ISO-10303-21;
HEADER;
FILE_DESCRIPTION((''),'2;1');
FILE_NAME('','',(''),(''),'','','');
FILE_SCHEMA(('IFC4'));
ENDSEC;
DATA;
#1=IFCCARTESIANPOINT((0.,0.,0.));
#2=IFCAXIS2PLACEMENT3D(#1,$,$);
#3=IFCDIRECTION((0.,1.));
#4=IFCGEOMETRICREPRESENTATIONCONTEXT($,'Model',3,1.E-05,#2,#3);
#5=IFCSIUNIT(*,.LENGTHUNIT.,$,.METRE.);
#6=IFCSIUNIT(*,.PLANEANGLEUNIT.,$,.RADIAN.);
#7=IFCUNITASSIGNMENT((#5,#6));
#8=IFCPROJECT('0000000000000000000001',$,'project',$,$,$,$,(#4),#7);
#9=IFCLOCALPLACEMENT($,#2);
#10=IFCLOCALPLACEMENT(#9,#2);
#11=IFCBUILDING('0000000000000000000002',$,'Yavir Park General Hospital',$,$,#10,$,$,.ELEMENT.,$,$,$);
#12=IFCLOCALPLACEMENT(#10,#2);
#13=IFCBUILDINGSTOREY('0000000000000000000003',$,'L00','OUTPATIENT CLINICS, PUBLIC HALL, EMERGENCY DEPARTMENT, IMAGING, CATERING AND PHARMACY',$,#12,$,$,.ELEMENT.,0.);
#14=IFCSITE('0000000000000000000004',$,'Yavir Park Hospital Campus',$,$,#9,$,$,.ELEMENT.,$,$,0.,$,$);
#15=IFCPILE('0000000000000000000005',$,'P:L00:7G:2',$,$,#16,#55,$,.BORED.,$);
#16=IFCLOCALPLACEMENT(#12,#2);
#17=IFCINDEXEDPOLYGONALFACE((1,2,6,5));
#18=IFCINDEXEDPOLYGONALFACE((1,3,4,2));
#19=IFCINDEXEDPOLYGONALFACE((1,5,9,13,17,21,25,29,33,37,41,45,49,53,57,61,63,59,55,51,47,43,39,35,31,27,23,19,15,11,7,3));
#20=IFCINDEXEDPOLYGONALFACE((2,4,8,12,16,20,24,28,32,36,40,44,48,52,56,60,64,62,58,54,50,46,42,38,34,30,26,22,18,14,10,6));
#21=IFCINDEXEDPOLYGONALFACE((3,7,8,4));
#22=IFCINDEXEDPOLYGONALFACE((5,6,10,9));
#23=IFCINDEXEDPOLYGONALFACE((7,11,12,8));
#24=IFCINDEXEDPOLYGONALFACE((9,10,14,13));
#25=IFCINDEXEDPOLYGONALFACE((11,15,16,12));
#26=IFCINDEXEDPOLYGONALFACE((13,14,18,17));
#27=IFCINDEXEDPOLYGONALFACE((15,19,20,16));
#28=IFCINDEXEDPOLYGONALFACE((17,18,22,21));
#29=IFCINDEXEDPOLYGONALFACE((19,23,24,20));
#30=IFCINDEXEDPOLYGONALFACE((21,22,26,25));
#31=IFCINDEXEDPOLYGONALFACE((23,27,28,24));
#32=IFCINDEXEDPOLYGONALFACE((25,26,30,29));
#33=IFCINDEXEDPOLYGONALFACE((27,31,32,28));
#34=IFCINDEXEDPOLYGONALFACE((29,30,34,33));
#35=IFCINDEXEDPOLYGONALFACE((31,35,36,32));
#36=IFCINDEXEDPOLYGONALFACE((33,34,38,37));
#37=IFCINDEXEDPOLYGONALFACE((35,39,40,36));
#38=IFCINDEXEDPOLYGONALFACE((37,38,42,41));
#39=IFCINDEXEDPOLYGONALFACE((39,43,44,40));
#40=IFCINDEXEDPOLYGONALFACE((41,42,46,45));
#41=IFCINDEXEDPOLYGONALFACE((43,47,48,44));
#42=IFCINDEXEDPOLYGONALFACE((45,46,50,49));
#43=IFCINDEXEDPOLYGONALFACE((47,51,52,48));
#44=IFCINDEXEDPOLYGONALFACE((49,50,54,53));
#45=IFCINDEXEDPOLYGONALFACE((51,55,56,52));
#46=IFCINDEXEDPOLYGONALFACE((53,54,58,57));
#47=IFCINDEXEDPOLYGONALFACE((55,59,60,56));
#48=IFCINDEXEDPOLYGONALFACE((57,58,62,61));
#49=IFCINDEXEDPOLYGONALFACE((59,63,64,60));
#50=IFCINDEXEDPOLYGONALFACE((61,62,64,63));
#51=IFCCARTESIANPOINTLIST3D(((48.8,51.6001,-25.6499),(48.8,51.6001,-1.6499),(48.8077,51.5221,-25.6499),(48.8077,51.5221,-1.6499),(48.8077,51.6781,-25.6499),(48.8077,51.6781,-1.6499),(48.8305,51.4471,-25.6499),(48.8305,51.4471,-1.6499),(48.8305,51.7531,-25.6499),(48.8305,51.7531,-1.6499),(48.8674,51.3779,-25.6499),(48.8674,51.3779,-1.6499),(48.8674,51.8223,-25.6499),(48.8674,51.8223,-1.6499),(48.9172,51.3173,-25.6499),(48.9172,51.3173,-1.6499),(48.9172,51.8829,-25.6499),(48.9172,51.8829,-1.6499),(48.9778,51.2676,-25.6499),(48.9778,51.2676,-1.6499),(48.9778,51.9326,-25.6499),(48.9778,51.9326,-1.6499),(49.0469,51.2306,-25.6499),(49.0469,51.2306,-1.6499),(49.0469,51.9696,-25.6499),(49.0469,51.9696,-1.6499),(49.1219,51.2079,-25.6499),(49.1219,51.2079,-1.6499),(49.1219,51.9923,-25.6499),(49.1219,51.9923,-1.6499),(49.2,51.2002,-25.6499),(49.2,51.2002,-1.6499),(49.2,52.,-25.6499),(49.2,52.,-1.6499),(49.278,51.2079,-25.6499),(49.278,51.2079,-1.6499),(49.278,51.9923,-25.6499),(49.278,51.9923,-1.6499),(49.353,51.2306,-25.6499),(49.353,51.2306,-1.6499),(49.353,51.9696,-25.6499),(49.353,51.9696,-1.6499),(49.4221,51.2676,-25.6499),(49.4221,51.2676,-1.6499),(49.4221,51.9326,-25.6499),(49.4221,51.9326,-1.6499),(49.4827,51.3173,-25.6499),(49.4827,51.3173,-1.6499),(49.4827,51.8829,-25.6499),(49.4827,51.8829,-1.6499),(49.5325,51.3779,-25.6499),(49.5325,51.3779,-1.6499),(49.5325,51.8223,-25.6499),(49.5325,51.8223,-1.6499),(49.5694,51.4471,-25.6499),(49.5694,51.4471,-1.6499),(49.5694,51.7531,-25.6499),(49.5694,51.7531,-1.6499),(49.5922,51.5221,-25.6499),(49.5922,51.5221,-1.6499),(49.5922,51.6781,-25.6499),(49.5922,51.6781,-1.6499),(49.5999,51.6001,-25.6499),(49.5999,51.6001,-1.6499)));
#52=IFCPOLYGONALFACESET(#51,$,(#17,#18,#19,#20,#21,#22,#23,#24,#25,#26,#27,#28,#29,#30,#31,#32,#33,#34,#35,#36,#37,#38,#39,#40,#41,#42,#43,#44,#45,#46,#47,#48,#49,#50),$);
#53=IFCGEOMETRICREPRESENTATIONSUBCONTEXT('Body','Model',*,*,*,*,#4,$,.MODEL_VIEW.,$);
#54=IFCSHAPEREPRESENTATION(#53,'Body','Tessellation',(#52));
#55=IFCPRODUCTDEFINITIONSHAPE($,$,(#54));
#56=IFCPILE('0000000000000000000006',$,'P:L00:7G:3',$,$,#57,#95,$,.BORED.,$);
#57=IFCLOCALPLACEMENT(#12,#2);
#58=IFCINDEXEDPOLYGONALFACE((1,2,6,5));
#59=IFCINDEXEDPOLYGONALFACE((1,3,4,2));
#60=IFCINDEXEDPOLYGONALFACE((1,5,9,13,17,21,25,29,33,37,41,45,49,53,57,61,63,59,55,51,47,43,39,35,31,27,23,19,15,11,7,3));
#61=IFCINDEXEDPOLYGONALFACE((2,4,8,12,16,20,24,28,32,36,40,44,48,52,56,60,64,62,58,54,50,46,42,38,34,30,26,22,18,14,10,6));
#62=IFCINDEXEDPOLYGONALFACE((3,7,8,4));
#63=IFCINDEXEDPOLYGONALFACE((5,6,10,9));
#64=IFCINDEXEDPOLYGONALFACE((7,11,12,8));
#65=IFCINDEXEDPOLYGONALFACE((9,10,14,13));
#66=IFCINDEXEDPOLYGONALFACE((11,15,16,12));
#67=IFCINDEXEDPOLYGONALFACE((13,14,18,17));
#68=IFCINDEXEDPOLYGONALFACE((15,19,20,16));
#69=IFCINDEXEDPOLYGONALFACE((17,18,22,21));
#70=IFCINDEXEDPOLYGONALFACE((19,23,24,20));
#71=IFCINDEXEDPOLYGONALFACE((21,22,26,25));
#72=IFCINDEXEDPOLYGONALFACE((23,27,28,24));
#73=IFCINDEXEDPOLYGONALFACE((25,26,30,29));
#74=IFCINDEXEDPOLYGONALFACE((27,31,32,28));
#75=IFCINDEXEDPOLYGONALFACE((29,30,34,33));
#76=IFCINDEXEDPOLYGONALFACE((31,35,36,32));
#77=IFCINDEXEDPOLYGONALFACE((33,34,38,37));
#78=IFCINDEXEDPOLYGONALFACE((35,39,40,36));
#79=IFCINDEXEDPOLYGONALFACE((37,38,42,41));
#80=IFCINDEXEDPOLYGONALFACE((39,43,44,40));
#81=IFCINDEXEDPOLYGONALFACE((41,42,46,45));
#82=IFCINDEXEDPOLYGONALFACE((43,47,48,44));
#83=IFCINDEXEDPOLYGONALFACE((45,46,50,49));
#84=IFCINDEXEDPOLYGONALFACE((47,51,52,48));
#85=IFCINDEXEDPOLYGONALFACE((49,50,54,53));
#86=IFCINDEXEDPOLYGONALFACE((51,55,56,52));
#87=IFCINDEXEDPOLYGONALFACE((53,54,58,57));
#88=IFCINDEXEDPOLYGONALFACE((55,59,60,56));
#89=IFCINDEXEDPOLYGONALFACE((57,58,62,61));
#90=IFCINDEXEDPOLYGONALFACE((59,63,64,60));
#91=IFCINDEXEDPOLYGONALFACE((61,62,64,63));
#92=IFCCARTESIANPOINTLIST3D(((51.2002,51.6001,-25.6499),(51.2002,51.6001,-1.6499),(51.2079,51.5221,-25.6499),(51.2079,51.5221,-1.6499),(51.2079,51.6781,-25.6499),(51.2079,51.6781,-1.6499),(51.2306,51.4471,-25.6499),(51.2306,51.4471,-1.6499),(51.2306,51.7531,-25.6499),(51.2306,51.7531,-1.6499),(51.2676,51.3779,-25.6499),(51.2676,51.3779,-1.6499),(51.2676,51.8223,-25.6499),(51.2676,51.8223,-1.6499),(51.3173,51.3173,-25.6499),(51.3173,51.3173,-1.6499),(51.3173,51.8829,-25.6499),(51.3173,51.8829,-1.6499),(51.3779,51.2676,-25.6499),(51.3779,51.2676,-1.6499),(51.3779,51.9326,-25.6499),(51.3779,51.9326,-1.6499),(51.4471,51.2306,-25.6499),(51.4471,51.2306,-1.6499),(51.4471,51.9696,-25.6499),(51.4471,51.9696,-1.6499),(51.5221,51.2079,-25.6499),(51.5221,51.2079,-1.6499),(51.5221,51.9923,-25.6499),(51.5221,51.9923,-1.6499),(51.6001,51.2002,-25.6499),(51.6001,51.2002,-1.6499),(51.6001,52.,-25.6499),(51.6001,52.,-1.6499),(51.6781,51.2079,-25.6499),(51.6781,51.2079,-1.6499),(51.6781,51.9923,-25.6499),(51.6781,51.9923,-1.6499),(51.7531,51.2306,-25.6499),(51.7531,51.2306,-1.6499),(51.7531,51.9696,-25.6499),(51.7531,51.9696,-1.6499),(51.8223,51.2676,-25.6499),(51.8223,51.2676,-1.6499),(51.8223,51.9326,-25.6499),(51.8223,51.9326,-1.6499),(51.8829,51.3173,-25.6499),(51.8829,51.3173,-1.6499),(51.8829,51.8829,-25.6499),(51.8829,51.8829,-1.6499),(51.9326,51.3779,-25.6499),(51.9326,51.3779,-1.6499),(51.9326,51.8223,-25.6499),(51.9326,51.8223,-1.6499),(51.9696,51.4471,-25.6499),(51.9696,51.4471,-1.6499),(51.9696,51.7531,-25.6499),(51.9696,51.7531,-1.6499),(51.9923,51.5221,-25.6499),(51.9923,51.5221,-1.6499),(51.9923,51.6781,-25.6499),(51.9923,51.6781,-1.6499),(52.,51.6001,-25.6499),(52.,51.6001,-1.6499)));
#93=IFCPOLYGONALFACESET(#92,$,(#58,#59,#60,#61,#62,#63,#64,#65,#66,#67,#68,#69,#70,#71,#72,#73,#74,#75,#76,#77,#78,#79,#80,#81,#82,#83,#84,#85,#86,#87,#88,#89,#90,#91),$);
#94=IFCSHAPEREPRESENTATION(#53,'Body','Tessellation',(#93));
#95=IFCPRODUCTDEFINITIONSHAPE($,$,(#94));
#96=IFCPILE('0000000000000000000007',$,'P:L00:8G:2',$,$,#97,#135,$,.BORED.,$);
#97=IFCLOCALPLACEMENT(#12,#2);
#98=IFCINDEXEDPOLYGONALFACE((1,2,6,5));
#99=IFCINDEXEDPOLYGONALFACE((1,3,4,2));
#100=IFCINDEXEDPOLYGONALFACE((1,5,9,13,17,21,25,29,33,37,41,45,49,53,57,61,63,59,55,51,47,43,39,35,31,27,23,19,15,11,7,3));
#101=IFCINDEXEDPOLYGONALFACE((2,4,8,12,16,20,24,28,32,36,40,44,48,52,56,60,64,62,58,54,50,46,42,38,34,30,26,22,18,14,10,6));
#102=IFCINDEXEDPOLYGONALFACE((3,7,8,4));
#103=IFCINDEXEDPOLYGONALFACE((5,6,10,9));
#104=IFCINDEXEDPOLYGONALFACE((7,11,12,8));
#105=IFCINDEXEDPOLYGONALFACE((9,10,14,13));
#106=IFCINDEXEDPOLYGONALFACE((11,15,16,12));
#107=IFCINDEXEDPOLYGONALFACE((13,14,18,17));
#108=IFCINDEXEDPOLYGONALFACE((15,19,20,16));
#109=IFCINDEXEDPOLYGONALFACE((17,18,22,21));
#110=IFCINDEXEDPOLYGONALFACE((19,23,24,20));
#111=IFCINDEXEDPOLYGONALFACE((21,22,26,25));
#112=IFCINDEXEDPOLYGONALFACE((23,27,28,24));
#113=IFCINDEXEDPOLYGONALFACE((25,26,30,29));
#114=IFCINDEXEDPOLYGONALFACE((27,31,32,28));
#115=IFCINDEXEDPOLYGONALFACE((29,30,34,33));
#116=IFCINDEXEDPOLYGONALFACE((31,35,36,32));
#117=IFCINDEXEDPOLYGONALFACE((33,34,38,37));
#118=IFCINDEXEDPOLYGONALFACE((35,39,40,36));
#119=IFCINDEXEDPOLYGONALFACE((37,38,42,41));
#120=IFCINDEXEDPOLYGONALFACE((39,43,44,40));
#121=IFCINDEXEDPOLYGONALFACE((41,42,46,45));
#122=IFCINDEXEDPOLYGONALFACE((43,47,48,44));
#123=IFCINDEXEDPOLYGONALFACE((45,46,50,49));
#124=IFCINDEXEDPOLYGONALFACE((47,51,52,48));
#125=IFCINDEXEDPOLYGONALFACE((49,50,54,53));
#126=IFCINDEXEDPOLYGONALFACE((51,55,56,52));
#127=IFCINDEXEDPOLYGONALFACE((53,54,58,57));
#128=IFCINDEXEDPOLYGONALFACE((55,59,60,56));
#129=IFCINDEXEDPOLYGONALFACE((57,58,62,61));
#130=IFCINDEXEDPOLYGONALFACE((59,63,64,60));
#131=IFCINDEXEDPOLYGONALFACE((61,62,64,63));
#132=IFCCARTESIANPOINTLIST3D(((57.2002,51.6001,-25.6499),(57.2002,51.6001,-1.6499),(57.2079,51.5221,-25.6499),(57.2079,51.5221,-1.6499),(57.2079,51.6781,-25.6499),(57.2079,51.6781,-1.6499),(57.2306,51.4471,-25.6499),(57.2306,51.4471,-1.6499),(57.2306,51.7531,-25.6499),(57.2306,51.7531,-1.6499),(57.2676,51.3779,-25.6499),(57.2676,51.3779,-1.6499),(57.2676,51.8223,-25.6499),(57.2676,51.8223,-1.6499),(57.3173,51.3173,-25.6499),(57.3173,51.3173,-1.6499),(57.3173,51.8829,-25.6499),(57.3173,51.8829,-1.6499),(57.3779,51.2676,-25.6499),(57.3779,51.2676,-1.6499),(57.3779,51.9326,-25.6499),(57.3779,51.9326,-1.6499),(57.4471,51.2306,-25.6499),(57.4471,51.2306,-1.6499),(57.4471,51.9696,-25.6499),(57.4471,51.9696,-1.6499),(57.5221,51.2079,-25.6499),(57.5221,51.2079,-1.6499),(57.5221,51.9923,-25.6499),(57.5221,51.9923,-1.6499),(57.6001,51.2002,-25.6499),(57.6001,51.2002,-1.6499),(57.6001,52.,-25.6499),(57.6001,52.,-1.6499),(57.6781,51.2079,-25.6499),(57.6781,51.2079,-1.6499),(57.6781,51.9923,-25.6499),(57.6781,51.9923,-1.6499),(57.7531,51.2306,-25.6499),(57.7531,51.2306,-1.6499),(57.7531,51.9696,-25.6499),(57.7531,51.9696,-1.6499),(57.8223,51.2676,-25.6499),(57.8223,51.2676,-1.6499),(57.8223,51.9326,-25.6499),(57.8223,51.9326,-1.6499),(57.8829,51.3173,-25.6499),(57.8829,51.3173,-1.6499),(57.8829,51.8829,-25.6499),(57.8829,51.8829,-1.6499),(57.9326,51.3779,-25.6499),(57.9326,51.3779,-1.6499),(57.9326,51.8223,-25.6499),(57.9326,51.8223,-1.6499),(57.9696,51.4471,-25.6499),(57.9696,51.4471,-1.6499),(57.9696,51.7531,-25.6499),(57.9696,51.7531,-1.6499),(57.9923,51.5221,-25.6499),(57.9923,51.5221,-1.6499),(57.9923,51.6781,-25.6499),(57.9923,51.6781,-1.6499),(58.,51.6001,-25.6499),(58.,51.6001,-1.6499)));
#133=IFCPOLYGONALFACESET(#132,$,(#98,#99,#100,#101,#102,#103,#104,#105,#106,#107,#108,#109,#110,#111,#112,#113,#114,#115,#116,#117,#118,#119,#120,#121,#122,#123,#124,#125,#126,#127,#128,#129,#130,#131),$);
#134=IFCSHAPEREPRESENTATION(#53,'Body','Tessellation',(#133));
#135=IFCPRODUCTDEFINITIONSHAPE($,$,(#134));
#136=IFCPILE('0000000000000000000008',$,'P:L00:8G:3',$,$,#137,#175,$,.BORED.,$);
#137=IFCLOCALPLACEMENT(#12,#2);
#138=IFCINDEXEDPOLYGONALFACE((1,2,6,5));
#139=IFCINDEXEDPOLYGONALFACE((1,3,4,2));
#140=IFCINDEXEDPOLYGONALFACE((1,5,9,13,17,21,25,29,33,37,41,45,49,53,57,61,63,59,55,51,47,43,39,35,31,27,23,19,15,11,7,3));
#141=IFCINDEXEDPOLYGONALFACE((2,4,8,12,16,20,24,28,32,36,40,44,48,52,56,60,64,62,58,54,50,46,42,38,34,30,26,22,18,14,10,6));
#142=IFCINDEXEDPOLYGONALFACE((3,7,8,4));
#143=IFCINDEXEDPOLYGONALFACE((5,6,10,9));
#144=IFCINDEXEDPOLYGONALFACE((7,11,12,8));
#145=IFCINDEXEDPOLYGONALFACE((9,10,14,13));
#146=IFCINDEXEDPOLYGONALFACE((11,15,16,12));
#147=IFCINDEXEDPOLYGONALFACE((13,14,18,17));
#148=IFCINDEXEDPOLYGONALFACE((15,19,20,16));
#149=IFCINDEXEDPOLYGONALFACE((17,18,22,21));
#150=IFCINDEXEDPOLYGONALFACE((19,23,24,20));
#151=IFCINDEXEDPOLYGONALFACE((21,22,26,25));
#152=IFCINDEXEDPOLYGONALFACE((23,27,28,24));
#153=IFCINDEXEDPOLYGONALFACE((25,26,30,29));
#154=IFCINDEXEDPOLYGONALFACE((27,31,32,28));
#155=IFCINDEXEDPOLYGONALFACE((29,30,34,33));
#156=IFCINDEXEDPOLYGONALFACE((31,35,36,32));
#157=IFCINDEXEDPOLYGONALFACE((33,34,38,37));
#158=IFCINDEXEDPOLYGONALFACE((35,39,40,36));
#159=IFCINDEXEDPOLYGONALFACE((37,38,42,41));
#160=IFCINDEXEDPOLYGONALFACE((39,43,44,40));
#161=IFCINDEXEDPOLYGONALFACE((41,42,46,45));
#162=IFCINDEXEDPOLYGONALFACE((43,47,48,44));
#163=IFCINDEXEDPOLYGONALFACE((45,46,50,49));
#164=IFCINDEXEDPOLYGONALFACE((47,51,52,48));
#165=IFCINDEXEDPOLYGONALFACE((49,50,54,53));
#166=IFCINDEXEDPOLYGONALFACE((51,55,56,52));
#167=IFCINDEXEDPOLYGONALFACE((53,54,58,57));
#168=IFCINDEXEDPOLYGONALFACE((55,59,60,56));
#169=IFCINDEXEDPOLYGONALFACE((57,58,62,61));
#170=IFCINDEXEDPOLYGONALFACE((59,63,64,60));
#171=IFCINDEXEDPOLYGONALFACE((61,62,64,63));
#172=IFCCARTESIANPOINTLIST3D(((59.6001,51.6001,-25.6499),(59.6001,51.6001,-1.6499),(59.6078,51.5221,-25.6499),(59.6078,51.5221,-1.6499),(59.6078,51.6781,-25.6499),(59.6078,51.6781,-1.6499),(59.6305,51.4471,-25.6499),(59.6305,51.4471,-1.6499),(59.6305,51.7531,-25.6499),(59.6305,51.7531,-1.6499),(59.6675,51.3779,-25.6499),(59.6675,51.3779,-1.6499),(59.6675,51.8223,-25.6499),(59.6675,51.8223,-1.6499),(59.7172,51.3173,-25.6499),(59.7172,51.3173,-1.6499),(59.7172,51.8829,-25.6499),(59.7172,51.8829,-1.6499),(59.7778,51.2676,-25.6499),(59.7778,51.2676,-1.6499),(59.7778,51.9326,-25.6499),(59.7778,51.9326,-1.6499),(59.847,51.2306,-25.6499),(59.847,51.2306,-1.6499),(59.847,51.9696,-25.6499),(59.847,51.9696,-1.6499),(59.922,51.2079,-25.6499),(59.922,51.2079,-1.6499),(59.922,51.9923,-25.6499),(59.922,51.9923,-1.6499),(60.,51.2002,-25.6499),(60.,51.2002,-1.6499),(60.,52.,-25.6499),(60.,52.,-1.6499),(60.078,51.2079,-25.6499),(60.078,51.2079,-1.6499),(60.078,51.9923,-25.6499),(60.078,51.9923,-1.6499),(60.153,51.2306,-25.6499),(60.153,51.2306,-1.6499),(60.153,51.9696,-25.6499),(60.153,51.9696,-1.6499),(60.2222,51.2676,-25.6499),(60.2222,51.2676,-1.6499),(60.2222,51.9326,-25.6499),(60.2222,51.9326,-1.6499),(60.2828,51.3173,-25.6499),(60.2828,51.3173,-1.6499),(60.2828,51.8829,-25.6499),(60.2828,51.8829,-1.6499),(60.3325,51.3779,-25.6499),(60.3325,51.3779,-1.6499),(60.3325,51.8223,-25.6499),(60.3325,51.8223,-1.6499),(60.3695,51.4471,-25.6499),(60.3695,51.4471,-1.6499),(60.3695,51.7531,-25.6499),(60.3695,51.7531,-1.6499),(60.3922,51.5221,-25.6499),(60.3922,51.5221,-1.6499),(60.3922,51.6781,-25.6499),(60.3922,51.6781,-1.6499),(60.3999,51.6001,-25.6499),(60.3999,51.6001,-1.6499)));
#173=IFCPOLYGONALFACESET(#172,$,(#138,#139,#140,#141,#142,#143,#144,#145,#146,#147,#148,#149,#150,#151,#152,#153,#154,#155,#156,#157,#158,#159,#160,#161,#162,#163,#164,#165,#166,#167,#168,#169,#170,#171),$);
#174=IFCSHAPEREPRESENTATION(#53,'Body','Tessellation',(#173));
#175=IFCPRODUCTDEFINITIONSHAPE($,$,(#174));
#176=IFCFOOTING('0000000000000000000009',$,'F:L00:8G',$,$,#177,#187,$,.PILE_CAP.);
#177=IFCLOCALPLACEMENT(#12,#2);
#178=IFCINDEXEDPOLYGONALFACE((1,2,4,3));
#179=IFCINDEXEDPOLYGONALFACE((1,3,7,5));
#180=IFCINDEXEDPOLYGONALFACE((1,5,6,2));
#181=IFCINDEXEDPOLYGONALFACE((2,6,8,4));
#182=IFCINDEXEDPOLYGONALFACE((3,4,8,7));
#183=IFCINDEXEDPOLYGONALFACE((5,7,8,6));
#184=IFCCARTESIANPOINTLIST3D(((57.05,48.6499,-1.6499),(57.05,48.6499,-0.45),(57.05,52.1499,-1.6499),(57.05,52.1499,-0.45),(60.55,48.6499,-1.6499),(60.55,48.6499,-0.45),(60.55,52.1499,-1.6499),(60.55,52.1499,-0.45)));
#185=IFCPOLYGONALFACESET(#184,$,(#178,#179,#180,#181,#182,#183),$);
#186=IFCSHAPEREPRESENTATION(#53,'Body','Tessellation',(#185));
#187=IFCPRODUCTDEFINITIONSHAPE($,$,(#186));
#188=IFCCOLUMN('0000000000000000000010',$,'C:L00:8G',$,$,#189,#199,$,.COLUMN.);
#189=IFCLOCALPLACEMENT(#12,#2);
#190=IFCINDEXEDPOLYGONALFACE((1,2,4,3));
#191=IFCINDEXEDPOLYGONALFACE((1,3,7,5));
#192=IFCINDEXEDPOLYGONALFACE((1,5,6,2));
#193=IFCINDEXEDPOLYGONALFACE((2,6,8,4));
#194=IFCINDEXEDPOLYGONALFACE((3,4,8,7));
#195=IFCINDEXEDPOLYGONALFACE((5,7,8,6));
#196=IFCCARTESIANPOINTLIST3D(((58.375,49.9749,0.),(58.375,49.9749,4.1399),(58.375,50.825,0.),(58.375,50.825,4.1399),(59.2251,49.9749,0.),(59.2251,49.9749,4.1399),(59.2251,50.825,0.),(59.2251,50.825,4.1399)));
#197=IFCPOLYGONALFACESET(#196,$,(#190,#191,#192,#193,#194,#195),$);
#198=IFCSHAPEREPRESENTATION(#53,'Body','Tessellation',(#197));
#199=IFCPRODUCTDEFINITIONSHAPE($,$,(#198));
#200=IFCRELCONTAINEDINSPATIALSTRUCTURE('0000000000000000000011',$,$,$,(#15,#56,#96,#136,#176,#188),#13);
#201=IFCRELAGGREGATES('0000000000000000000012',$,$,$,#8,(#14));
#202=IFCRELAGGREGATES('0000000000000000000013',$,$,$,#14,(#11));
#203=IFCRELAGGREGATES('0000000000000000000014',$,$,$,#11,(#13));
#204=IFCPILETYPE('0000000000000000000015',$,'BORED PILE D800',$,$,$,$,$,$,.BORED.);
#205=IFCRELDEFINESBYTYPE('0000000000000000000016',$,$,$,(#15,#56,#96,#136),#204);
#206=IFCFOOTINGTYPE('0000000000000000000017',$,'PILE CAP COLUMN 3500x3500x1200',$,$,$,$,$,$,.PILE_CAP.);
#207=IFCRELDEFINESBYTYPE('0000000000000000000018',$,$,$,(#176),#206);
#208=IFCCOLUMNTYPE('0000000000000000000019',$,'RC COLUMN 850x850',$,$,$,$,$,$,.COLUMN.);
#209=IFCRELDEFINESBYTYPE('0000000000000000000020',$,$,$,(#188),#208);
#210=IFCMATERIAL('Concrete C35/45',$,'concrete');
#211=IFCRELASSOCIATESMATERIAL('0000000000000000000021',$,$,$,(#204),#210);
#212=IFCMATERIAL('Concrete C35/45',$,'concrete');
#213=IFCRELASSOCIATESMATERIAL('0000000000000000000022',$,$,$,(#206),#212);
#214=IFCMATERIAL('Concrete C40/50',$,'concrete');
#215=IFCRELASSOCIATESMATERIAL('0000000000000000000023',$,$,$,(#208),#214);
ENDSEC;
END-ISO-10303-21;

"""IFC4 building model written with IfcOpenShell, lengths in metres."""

from ifc_helpers import new_model, si_unit, direction, frame, origin, origin_2d, place, context, subcontext, project, spatial, rectangle, circle, extrude, material, material_profile, profile_set, type_object, element, save


model = new_model("IFC4")

# Units and contexts
model_context = context("Model", 3, precision=1e-05, world=origin(), true_north=direction((0.0, 1.0)))
body_context = subcontext(model_context, "Body", "Model", "MODEL_VIEW")
ifc_project = project(units=[si_unit("LENGTHUNIT", "METRE"), si_unit("PLANEANGLEUNIT", "RADIAN")], contexts=[model_context])

# Site, building, storey
site_placement = place(None, origin())
site = spatial("IfcSite", under=ifc_project, at=site_placement, Name="Yavir Park Hospital Campus", CompositionType="ELEMENT", RefElevation=0.0)
building_placement = place(site_placement, origin())
building = spatial("IfcBuilding", under=site, at=building_placement, Name="Yavir Park General Hospital", CompositionType="ELEMENT")
storey_placement = place(building_placement, origin())
storey = spatial("IfcBuildingStorey", under=building, at=storey_placement, Name="L00", Description="OUTPATIENT CLINICS, PUBLIC HALL, EMERGENCY DEPARTMENT, IMAGING, CATERING AND PHARMACY", CompositionType="ELEMENT", Elevation=0.0)

# Piles
ifc_material_1 = material(Name="Concrete C35/45", Category="concrete")
ifc_material_profile_1 = material_profile(ifc_material_1, circle(Radius=0.3999, at=origin_2d()), Name="D800")
ifc_profile_set_1 = profile_set([ifc_material_profile_1], Name="Concrete C35/45")
pile_type = type_object("IfcPileType", Name="BORED PILE D800", PredefinedType="BORED", material=ifc_profile_set_1)
for number, where, z_axis, x_axis, name in (
    (1, (49.2, 51.6001, -1.6499), (0.0, 0.0, -1.0), (1.0, 0.0, 0.0), "P:L00:7G:2"),
    (2, (51.6001, 51.6001, -1.6499), (0.0, 0.0, -1.0), (1.0, 0.0, 0.0), "P:L00:7G:3"),
    (3, (57.6001, 51.6001, -1.6499), (0.0, 0.0, -1.0), (1.0, 0.0, 0.0), "P:L00:8G:2"),
    (4, (60.0, 51.6001, -1.6499), (0.0, 0.0, -1.0), (1.0, 0.0, 0.0), "P:L00:8G:3"),
):
    element("IfcPile", number, at=place(storey_placement, frame(where, z_axis=z_axis, x_axis=x_axis)), inside=storey, type_object=pile_type, Name=name, PredefinedType="BORED", context=body_context, shape_type="SweptSolid", body=[
        extrude(circle(Radius=0.3999, at=origin_2d()), origin(), (0.0, 0.0, 1.0), 24.0),
    ])

# Footing
ifc_material_2 = material(Name="Concrete C35/45", Category="concrete")
footing_type = type_object("IfcFootingType", Name="PILE CAP COLUMN 3500x3500x1200", PredefinedType="PILE_CAP", material=ifc_material_2)
footing_placement = place(storey_placement, frame((58.8, 50.3999, -1.6499), z_axis=(0.0, 0.0, 1.0), x_axis=(1.0, 0.0, 0.0)))
element("IfcFooting", 5, at=footing_placement, inside=storey, type_object=footing_type, Name="F:L00:8G", PredefinedType="PILE_CAP", context=body_context, shape_type="SweptSolid", body=[
    extrude(rectangle(XDim=3.5, YDim=3.5, at=origin_2d()), origin(), (0.0, 0.0, 1.0), 1.2),
])

# Column
ifc_material_3 = material(Name="Concrete C40/50", Category="concrete")
ifc_material_profile_2 = material_profile(ifc_material_3, rectangle(XDim=0.8501, YDim=0.8501, at=origin_2d()), Name="RC850x850")
ifc_profile_set_2 = profile_set([ifc_material_profile_2], Name="Concrete C40/50")
column_type = type_object("IfcColumnType", Name="RC COLUMN 850x850", PredefinedType="COLUMN", material=ifc_profile_set_2)
column_placement = place(storey_placement, frame((58.8, 50.3999, 0.0), z_axis=(0.0, 0.0, 1.0), x_axis=(1.0, 0.0, 0.0)))
element("IfcColumn", 6, at=column_placement, inside=storey, type_object=column_type, Name="C:L00:8G", PredefinedType="COLUMN", context=body_context, shape_type="SweptSolid", body=[
    extrude(rectangle(XDim=0.8501, YDim=0.8501, at=origin_2d()), origin(), (0.0, 0.0, 1.0), 4.1399),
])

save(model, "model.ifc")
